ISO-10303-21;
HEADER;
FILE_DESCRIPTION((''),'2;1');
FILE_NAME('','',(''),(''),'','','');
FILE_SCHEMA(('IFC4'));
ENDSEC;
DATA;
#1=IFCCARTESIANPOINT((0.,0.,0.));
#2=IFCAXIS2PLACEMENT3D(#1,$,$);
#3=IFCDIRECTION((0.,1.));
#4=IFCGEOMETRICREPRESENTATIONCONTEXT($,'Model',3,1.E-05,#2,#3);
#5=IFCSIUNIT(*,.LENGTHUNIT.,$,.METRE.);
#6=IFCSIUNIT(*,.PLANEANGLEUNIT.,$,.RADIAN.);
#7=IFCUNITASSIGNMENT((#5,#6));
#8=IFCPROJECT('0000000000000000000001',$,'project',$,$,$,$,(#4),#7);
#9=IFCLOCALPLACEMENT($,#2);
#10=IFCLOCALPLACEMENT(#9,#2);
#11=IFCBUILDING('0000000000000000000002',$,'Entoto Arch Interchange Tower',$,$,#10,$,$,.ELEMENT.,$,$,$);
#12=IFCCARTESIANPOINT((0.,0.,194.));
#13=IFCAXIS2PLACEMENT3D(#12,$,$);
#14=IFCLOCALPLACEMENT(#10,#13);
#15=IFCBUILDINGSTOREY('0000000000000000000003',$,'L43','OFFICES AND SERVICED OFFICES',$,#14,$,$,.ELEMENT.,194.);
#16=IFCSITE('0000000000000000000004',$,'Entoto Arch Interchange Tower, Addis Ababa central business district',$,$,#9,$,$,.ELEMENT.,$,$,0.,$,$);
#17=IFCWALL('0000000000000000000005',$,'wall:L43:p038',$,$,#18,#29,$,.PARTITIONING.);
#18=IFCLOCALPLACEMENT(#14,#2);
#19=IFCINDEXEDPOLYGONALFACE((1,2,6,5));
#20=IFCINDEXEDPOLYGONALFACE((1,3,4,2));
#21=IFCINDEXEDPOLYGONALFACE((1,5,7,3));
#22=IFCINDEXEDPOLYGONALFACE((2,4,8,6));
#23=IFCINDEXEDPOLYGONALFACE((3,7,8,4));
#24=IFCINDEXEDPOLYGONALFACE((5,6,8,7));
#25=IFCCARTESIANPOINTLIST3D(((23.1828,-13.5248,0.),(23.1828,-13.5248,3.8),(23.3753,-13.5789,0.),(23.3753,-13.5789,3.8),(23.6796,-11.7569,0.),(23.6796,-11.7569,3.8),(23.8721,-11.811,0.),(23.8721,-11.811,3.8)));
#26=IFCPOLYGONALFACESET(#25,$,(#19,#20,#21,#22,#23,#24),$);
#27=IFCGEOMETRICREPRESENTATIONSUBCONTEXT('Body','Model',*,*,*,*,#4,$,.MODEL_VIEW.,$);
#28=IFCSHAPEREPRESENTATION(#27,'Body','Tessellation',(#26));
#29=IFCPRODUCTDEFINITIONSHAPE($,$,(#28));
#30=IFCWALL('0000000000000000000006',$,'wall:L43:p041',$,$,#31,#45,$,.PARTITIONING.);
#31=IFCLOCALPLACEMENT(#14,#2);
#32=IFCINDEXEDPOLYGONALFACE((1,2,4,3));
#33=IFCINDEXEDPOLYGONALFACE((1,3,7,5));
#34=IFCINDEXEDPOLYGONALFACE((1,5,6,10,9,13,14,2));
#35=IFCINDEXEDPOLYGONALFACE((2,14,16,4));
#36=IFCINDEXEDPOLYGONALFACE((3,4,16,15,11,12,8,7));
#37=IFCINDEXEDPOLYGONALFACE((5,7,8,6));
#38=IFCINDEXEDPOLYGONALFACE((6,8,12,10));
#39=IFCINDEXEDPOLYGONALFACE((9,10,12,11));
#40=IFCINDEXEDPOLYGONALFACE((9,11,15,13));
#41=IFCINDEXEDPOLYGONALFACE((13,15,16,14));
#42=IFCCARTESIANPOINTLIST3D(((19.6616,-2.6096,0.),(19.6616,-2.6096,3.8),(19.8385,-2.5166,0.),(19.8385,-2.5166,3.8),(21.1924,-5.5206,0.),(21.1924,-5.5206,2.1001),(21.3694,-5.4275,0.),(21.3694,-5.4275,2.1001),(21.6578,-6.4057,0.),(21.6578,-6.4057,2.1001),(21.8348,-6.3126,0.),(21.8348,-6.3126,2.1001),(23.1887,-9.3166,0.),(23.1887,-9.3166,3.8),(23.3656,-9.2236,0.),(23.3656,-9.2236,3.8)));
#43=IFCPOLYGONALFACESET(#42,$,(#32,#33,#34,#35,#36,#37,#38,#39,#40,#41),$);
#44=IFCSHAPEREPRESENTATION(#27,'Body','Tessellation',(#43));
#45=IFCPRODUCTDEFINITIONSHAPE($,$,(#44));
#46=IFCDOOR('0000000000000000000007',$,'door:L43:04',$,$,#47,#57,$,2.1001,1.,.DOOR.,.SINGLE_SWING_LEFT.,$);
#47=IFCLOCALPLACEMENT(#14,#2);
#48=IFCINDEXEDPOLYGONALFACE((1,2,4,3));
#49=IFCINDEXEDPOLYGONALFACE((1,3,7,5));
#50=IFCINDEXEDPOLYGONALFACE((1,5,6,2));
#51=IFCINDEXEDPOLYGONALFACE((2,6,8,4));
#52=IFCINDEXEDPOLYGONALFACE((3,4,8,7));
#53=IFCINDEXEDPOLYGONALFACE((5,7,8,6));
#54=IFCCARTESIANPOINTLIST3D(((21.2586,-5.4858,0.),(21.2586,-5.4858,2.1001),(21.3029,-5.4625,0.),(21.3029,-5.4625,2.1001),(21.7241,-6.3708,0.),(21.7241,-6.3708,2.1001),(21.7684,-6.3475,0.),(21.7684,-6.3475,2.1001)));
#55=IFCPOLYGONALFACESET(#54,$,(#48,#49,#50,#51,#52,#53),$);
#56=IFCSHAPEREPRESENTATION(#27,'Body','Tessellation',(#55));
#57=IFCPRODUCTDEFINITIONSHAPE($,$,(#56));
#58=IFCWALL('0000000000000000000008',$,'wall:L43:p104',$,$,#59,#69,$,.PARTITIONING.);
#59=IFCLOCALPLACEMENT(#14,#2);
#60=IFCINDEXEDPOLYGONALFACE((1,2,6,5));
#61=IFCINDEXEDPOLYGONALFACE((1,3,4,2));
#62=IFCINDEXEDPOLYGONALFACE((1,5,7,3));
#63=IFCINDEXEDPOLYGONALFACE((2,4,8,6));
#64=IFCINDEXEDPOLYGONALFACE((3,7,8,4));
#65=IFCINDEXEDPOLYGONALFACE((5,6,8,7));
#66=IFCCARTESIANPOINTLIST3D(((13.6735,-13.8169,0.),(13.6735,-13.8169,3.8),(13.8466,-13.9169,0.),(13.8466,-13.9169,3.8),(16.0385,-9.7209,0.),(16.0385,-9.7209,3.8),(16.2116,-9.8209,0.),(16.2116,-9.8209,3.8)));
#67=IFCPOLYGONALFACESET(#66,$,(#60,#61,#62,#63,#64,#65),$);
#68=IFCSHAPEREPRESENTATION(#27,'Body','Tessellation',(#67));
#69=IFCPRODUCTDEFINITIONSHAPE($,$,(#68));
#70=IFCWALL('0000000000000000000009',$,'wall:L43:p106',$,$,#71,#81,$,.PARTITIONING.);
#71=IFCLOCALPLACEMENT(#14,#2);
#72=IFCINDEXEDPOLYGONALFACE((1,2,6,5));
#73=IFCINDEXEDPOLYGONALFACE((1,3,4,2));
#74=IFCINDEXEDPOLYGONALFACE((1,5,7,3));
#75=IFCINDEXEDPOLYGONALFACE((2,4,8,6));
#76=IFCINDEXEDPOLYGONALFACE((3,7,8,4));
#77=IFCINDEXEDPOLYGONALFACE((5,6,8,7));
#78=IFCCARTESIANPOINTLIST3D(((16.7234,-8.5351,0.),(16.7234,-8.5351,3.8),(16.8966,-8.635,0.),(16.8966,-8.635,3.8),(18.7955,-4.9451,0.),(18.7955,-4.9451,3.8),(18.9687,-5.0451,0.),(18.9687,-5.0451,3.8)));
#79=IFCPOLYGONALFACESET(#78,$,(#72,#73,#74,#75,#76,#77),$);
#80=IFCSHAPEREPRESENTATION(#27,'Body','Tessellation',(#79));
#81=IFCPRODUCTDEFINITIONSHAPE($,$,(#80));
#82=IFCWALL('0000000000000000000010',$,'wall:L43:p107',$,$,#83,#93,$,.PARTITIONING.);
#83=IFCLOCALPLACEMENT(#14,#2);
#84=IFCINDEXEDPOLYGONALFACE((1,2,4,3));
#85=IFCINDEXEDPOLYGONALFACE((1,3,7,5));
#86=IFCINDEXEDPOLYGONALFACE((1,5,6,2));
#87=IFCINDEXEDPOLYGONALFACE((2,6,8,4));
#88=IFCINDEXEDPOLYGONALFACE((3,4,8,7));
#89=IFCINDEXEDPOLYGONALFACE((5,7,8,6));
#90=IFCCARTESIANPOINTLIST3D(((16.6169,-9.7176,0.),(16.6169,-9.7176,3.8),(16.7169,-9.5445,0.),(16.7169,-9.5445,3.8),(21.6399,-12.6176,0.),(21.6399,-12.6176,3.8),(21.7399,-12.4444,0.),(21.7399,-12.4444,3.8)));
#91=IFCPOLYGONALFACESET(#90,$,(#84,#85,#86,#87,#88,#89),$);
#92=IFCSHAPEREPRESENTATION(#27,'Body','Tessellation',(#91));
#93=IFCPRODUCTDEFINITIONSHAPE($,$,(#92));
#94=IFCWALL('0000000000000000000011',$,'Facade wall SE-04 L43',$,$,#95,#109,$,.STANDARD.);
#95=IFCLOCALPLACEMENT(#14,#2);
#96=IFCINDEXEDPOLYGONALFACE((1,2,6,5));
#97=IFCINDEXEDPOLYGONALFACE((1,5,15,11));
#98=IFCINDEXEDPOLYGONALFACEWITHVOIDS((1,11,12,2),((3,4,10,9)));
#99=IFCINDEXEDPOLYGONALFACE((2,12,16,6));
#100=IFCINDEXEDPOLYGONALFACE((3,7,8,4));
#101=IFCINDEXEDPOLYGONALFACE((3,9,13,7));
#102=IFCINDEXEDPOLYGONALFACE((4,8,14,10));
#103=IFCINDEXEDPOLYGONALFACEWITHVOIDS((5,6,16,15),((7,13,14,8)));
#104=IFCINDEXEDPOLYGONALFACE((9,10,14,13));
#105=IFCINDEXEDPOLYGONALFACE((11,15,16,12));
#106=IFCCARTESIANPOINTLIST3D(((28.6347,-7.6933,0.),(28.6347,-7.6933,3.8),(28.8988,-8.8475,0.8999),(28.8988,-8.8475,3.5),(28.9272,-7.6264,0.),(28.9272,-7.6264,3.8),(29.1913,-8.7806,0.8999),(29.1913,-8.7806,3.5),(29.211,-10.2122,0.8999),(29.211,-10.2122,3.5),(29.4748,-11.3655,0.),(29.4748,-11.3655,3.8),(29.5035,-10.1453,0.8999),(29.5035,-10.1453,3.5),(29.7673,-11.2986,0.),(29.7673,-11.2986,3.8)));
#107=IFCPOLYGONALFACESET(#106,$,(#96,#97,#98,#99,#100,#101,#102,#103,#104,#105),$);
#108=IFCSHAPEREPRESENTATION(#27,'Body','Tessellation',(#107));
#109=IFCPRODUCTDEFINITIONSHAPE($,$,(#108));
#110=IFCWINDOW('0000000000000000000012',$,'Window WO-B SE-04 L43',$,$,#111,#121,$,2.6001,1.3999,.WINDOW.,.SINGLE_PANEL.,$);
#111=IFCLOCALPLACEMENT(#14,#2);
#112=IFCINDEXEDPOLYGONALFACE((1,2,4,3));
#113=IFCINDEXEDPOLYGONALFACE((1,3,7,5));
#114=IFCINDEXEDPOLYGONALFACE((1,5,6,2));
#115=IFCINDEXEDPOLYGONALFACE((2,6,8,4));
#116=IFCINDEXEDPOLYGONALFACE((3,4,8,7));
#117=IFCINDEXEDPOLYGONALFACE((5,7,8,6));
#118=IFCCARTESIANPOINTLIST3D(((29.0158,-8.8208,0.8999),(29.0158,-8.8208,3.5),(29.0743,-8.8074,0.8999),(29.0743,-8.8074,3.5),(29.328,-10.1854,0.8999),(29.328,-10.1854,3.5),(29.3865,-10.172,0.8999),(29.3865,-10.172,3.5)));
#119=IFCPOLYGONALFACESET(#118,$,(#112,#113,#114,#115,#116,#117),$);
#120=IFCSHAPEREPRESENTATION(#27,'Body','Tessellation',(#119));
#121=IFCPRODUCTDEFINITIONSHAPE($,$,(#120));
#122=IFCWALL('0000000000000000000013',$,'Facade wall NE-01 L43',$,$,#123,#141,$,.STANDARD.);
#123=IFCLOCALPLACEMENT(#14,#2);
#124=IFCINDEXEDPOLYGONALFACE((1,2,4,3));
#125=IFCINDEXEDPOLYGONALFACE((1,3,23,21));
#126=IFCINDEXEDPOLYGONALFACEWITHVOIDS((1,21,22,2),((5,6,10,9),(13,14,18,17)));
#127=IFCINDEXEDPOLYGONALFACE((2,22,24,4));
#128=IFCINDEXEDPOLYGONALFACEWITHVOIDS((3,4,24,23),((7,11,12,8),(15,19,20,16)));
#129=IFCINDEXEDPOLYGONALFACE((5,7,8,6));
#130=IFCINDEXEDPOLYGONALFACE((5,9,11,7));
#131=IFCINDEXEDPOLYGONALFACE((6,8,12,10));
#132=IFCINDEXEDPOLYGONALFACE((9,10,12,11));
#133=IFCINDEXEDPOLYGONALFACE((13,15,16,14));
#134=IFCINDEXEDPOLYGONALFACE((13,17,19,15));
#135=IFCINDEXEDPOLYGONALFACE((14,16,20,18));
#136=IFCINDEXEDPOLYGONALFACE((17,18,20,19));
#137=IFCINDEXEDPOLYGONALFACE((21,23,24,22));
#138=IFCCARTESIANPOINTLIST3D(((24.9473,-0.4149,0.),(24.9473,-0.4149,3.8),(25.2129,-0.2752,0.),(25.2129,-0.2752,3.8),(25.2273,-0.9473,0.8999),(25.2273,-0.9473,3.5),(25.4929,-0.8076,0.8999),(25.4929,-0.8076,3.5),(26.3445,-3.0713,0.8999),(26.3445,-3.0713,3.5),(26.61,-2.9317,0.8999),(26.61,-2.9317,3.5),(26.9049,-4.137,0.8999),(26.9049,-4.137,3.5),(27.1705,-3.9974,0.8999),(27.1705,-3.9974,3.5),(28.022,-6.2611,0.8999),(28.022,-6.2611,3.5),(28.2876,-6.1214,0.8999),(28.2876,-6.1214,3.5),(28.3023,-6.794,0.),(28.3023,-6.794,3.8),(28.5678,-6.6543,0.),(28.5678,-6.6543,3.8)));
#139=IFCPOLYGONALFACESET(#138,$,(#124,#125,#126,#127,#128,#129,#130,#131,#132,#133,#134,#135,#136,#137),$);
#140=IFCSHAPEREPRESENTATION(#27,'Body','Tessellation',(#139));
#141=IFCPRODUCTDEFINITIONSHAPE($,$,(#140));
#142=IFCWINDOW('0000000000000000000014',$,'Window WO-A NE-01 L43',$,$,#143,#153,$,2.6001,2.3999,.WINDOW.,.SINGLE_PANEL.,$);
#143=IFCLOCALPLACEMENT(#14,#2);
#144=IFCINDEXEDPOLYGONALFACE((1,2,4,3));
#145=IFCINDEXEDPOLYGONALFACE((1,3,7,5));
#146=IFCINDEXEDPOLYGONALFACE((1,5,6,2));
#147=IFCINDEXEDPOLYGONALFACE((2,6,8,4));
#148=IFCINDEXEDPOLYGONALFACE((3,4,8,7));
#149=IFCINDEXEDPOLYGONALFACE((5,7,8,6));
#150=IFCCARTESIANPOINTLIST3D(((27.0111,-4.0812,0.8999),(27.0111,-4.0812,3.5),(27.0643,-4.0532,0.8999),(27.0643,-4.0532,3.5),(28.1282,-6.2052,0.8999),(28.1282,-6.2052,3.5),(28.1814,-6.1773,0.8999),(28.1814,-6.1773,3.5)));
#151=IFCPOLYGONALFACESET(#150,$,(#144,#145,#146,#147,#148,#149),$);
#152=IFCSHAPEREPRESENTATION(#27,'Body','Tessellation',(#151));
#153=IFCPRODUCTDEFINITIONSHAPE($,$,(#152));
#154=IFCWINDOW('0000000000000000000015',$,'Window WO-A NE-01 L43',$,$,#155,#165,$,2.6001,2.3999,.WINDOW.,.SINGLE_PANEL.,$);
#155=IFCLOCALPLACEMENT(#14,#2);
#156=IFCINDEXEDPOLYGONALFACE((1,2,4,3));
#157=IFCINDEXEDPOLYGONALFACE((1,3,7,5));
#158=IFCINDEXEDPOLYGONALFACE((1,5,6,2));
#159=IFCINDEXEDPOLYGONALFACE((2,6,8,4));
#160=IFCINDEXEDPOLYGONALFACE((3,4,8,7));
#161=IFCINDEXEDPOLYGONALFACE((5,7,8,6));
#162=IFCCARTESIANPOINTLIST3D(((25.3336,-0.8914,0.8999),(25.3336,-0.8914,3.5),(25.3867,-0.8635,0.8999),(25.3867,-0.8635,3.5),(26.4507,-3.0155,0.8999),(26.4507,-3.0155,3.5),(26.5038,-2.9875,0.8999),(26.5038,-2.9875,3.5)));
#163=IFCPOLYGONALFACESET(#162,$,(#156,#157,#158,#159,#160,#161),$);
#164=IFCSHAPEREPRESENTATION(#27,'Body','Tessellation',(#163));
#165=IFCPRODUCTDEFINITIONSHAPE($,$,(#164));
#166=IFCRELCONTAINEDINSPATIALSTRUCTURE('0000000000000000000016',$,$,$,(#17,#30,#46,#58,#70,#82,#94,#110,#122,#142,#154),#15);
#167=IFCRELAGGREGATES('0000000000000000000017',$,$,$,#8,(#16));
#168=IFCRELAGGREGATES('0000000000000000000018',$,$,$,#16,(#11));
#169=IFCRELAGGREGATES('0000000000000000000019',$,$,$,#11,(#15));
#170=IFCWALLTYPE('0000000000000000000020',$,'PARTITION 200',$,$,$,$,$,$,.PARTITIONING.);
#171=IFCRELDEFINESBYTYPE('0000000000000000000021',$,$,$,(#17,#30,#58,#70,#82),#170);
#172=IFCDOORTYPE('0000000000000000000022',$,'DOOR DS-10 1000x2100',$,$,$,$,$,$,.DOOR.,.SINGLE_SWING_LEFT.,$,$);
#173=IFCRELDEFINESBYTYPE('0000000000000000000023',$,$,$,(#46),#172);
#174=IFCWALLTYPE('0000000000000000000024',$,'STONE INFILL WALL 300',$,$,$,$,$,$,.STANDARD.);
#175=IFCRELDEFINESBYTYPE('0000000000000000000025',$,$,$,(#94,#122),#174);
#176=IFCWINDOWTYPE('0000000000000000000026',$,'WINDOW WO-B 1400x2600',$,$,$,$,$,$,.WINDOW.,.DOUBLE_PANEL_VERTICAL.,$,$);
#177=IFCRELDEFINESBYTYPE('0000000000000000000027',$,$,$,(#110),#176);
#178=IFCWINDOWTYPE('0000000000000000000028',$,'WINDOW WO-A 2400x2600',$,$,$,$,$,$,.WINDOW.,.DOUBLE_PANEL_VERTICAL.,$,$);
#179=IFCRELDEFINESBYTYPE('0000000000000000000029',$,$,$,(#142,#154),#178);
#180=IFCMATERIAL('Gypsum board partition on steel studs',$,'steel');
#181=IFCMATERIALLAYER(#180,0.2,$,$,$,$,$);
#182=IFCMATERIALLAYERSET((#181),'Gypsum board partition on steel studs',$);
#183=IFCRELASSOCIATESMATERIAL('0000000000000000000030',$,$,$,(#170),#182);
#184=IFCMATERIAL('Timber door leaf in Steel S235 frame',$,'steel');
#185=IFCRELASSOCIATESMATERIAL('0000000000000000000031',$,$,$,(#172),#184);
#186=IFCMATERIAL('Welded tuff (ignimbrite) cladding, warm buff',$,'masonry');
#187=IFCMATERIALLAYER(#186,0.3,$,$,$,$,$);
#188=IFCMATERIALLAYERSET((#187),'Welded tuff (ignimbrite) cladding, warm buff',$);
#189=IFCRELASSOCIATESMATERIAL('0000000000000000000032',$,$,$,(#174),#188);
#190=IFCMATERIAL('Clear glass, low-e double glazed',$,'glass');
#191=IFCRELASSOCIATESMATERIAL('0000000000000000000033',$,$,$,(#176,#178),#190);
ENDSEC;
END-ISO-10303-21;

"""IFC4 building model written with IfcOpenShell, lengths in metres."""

from ifc_helpers import new_model, si_unit, direction, frame, frame_2d, origin, place, context, subcontext, project, spatial, rectangle, extrude, material, layer, layer_set, type_object, element, fill, save


model = new_model("IFC4")

# Units and contexts
model_context = context("Model", 3, precision=1e-05, world=origin(), true_north=direction((0.0, 1.0)))
body_context = subcontext(model_context, "Body", "Model", "MODEL_VIEW")
ifc_project = project(units=[si_unit("LENGTHUNIT", "METRE"), si_unit("PLANEANGLEUNIT", "RADIAN")], contexts=[model_context])

# Site, building, storey
site_placement = place(None, origin())
site = spatial("IfcSite", under=ifc_project, at=site_placement, Name="Entoto Arch Interchange Tower, Addis Ababa central business district", CompositionType="ELEMENT", RefElevation=0.0)
building_placement = place(site_placement, origin())
building = spatial("IfcBuilding", under=site, at=building_placement, Name="Entoto Arch Interchange Tower", CompositionType="ELEMENT")
storey_placement = place(building_placement, frame((0.0, 0.0, 194.0)))
storey = spatial("IfcBuildingStorey", under=building, at=storey_placement, Name="L43", Description="OFFICES AND SERVICED OFFICES", CompositionType="ELEMENT", Elevation=194.0)

# Shared definitions
ifc_material_1 = material(Name="Gypsum board partition on steel studs", Category="steel")
ifc_layer_1 = layer(ifc_material_1, 0.2)
ifc_layer_set_1 = layer_set([ifc_layer_1], Name="Gypsum board partition on steel studs")
wall_type_1 = type_object("IfcWallType", Name="PARTITION 200", PredefinedType="PARTITIONING", material=ifc_layer_set_1)

# Shared definitions
ifc_material_2 = material(Name="Timber door leaf in Steel S235 frame", Category="steel")
door_type = type_object("IfcDoorType", Name="DOOR DS-10 1000x2100", OperationType="SINGLE_SWING_LEFT", PredefinedType="DOOR", material=ifc_material_2)

# Wall
wall_1_placement = place(storey_placement, frame((23.7759, -11.7839, 0.0), z_axis=(0.0, 0.0, 1.0), x_axis=(-0.270522, -0.962714, 0.0)))
element("IfcWall", 1, at=wall_1_placement, inside=storey, type_object=wall_type_1, Name="wall:L43:p038", PredefinedType="PARTITIONING", context=body_context, shape_type="SweptSolid", body=[
    extrude(rectangle(XDim=1.8364, YDim=0.2, at=frame_2d((0.9182, 0.0))), origin(), (0.0, 0.0, 1.0), 3.8),
])

# Wall, opening, door
wall_2_placement = place(storey_placement, frame((19.75, -2.563, 0.0), z_axis=(0.0, 0.0, 1.0), x_axis=(0.465445, -0.885077, 0.0)))
wall_2 = element("IfcWall", 2, at=wall_2_placement, inside=storey, type_object=wall_type_1, Name="wall:L43:p041", PredefinedType="PARTITIONING", context=body_context, shape_type="SweptSolid", body=[
    extrude(rectangle(XDim=7.5779, YDim=0.2, at=frame_2d((3.7891, 0.0))), origin(), (0.0, 0.0, 1.0), 3.8),
])
opening_1_placement = place(wall_2_placement, frame((3.2891, 0.0, 0.0)))
opening_1 = element("IfcOpeningElement", 3, at=opening_1_placement, cuts=wall_2, PredefinedType="OPENING", context=body_context, shape_type="SweptSolid", body=[
    extrude(rectangle(XDim=1.0, YDim=2.1001, at=frame_2d((0.5, 1.05))), frame((0.0, 0.1099, 0.0), z_axis=(0.0, -1.0, 0.0), x_axis=(1.0, 0.0, 0.0)), (0.0, 0.0, 1.0), 0.22),
])
door_1_placement = place(opening_1_placement, origin())
door_1 = element("IfcDoor", 4, at=door_1_placement, inside=storey, type_object=door_type, Name="door:L43:04", OperationType="SINGLE_SWING_LEFT", OverallHeight=2.1001, OverallWidth=1.0, PredefinedType="DOOR", context=body_context, shape_type="SweptSolid", body=[
    extrude(rectangle(XDim=1.0, YDim=2.1001, at=frame_2d((0.5, 1.05))), frame((0.0, 0.0249, 0.0), z_axis=(0.0, -1.0, 0.0), x_axis=(1.0, 0.0, 0.0)), (0.0, 0.0, 1.0), 0.05),
])
fill(opening_1, door_1)

# Walls
wall_3_placement = place(storey_placement, frame((16.125, -9.771, 0.0), z_axis=(0.0, 0.0, 1.0), x_axis=(-0.500031, -0.866008, 0.0)))
element("IfcWall", 5, at=wall_3_placement, inside=storey, type_object=wall_type_1, Name="wall:L43:p104", PredefinedType="PARTITIONING", context=body_context, shape_type="SweptSolid", body=[
    extrude(rectangle(XDim=4.7297, YDim=0.2, at=frame_2d((2.3647, 0.0))), origin(), (0.0, 0.0, 1.0), 3.8),
])
wall_4_placement = place(storey_placement, frame((18.8821, -4.9951, 0.0), z_axis=(0.0, 0.0, 1.0), x_axis=(-0.499896, -0.866086, 0.0)))
element("IfcWall", 6, at=wall_4_placement, inside=storey, type_object=wall_type_1, Name="wall:L43:p106", PredefinedType="PARTITIONING", context=body_context, shape_type="SweptSolid", body=[
    extrude(rectangle(XDim=4.145, YDim=0.2, at=frame_2d((2.0725, 0.0))), origin(), (0.0, 0.0, 1.0), 3.8),
])
wall_5_placement = place(storey_placement, frame((16.667, -9.6311, 0.0), z_axis=(0.0, 0.0, 1.0), x_axis=(0.866033, -0.499987, 0.0)))
element("IfcWall", 7, at=wall_5_placement, inside=storey, type_object=wall_type_1, Name="wall:L43:p107", PredefinedType="PARTITIONING", context=body_context, shape_type="SweptSolid", body=[
    extrude(rectangle(XDim=5.8, YDim=0.2, at=frame_2d((2.8999, 0.0))), origin(), (0.0, 0.0, 1.0), 3.8),
])

# Wall, opening, window
ifc_material_3 = material(Name="Welded tuff (ignimbrite) cladding, warm buff", Category="masonry")
ifc_layer_2 = layer(ifc_material_3, 0.3)
ifc_layer_set_2 = layer_set([ifc_layer_2], Name="Welded tuff (ignimbrite) cladding, warm buff")
wall_type_2 = type_object("IfcWallType", Name="STONE INFILL WALL 300", PredefinedType="STANDARD", material=ifc_layer_set_2)
wall_6_placement = place(storey_placement, frame((29.6211, -11.332, 0.0), z_axis=(0.0, 0.0, 1.0), x_axis=(-0.223013, 0.974815, 0.0)))
wall_6 = element("IfcWall", 8, at=wall_6_placement, inside=storey, type_object=wall_type_2, Name="Facade wall SE-04 L43", PredefinedType="STANDARD", context=body_context, shape_type="SweptSolid", body=[
    extrude(rectangle(XDim=3.7671, YDim=0.3, at=frame_2d((1.8835, 0.0))), origin(), (0.0, 0.0, 1.0), 3.8),
])
opening_2_placement = place(wall_6_placement, frame((1.1831, 0.0, 0.8999)))
opening_2 = element("IfcOpeningElement", 9, at=opening_2_placement, cuts=wall_6, PredefinedType="OPENING", context=body_context, shape_type="SweptSolid", body=[
    extrude(rectangle(XDim=1.3999, YDim=2.6001, at=frame_2d((0.7, 1.3))), frame((0.0, 0.1602, 0.0), z_axis=(0.0, -1.0, 0.0), x_axis=(1.0, 0.0, 0.0)), (0.0, 0.0, 1.0), 0.3201),
])
ifc_material_4 = material(Name="Clear glass, low-e double glazed", Category="glass")
window_type_1 = type_object("IfcWindowType", Name="WINDOW WO-B 1400x2600", PartitioningType="DOUBLE_PANEL_VERTICAL", PredefinedType="WINDOW", material=ifc_material_4)
window_1_placement = place(opening_2_placement, origin())
window_1 = element("IfcWindow", 10, at=window_1_placement, inside=storey, type_object=window_type_1, Name="Window WO-B SE-04 L43", OverallHeight=2.6001, OverallWidth=1.3999, PartitioningType="SINGLE_PANEL", PredefinedType="WINDOW", context=body_context, shape_type="SweptSolid", body=[
    extrude(rectangle(XDim=1.3999, YDim=2.6001, at=frame_2d((0.7, 1.3))), frame((0.0, 0.03, 0.0), z_axis=(0.0, -1.0, 0.0), x_axis=(1.0, 0.0, 0.0)), (0.0, 0.0, 1.0), 0.0601),
])
fill(opening_2, window_1)

# Wall, openings, windows
wall_7_placement = place(storey_placement, frame((28.4351, -6.7241, 0.0), z_axis=(0.0, 0.0, 1.0), x_axis=(-0.465478, 0.885059, 0.0)))
wall_7 = element("IfcWall", 11, at=wall_7_placement, inside=storey, type_object=wall_type_2, Name="Facade wall NE-01 L43", PredefinedType="STANDARD", context=body_context, shape_type="SweptSolid", body=[
    extrude(rectangle(XDim=7.2075, YDim=0.3, at=frame_2d((3.6038, 0.0))), origin(), (0.0, 0.0, 1.0), 3.8),
])
opening_3_placement = place(wall_7_placement, frame((0.6021, 0.0, 0.8999)))
opening_3 = element("IfcOpeningElement", 12, at=opening_3_placement, cuts=wall_7, PredefinedType="OPENING", context=body_context, shape_type="SweptSolid", body=[
    extrude(rectangle(XDim=2.3999, YDim=2.6001, at=frame_2d((1.2, 1.3))), frame((0.0, 0.1602, 0.0), z_axis=(0.0, -1.0, 0.0), x_axis=(1.0, 0.0, 0.0)), (0.0, 0.0, 1.0), 0.3201),
])
opening_4_placement = place(wall_7_placement, frame((4.2061, 0.0, 0.8999)))
opening_4 = element("IfcOpeningElement", 13, at=opening_4_placement, cuts=wall_7, PredefinedType="OPENING", context=body_context, shape_type="SweptSolid", body=[
    extrude(rectangle(XDim=2.3999, YDim=2.6001, at=frame_2d((1.2, 1.3))), frame((0.0, 0.1602, 0.0), z_axis=(0.0, -1.0, 0.0), x_axis=(1.0, 0.0, 0.0)), (0.0, 0.0, 1.0), 0.3201),
])
window_type_2 = type_object("IfcWindowType", Name="WINDOW WO-A 2400x2600", PartitioningType="DOUBLE_PANEL_VERTICAL", PredefinedType="WINDOW", material=ifc_material_4)
window_2_placement = place(opening_3_placement, origin())
window_2 = element("IfcWindow", 14, at=window_2_placement, inside=storey, type_object=window_type_2, Name="Window WO-A NE-01 L43", OverallHeight=2.6001, OverallWidth=2.3999, PartitioningType="SINGLE_PANEL", PredefinedType="WINDOW", context=body_context, shape_type="SweptSolid", body=[
    extrude(rectangle(XDim=2.3999, YDim=2.6001, at=frame_2d((1.2, 1.3))), frame((0.0, 0.03, 0.0), z_axis=(0.0, -1.0, 0.0), x_axis=(1.0, 0.0, 0.0)), (0.0, 0.0, 1.0), 0.0601),
])
fill(opening_3, window_2)
window_3_placement = place(opening_4_placement, origin())
window_3 = element("IfcWindow", 15, at=window_3_placement, inside=storey, type_object=window_type_2, Name="Window WO-A NE-01 L43", OverallHeight=2.6001, OverallWidth=2.3999, PartitioningType="SINGLE_PANEL", PredefinedType="WINDOW", context=body_context, shape_type="SweptSolid", body=[
    extrude(rectangle(XDim=2.3999, YDim=2.6001, at=frame_2d((1.2, 1.3))), frame((0.0, 0.03, 0.0), z_axis=(0.0, -1.0, 0.0), x_axis=(1.0, 0.0, 0.0)), (0.0, 0.0, 1.0), 0.0601),
])
fill(opening_4, window_3)

save(model, "model.ifc")
